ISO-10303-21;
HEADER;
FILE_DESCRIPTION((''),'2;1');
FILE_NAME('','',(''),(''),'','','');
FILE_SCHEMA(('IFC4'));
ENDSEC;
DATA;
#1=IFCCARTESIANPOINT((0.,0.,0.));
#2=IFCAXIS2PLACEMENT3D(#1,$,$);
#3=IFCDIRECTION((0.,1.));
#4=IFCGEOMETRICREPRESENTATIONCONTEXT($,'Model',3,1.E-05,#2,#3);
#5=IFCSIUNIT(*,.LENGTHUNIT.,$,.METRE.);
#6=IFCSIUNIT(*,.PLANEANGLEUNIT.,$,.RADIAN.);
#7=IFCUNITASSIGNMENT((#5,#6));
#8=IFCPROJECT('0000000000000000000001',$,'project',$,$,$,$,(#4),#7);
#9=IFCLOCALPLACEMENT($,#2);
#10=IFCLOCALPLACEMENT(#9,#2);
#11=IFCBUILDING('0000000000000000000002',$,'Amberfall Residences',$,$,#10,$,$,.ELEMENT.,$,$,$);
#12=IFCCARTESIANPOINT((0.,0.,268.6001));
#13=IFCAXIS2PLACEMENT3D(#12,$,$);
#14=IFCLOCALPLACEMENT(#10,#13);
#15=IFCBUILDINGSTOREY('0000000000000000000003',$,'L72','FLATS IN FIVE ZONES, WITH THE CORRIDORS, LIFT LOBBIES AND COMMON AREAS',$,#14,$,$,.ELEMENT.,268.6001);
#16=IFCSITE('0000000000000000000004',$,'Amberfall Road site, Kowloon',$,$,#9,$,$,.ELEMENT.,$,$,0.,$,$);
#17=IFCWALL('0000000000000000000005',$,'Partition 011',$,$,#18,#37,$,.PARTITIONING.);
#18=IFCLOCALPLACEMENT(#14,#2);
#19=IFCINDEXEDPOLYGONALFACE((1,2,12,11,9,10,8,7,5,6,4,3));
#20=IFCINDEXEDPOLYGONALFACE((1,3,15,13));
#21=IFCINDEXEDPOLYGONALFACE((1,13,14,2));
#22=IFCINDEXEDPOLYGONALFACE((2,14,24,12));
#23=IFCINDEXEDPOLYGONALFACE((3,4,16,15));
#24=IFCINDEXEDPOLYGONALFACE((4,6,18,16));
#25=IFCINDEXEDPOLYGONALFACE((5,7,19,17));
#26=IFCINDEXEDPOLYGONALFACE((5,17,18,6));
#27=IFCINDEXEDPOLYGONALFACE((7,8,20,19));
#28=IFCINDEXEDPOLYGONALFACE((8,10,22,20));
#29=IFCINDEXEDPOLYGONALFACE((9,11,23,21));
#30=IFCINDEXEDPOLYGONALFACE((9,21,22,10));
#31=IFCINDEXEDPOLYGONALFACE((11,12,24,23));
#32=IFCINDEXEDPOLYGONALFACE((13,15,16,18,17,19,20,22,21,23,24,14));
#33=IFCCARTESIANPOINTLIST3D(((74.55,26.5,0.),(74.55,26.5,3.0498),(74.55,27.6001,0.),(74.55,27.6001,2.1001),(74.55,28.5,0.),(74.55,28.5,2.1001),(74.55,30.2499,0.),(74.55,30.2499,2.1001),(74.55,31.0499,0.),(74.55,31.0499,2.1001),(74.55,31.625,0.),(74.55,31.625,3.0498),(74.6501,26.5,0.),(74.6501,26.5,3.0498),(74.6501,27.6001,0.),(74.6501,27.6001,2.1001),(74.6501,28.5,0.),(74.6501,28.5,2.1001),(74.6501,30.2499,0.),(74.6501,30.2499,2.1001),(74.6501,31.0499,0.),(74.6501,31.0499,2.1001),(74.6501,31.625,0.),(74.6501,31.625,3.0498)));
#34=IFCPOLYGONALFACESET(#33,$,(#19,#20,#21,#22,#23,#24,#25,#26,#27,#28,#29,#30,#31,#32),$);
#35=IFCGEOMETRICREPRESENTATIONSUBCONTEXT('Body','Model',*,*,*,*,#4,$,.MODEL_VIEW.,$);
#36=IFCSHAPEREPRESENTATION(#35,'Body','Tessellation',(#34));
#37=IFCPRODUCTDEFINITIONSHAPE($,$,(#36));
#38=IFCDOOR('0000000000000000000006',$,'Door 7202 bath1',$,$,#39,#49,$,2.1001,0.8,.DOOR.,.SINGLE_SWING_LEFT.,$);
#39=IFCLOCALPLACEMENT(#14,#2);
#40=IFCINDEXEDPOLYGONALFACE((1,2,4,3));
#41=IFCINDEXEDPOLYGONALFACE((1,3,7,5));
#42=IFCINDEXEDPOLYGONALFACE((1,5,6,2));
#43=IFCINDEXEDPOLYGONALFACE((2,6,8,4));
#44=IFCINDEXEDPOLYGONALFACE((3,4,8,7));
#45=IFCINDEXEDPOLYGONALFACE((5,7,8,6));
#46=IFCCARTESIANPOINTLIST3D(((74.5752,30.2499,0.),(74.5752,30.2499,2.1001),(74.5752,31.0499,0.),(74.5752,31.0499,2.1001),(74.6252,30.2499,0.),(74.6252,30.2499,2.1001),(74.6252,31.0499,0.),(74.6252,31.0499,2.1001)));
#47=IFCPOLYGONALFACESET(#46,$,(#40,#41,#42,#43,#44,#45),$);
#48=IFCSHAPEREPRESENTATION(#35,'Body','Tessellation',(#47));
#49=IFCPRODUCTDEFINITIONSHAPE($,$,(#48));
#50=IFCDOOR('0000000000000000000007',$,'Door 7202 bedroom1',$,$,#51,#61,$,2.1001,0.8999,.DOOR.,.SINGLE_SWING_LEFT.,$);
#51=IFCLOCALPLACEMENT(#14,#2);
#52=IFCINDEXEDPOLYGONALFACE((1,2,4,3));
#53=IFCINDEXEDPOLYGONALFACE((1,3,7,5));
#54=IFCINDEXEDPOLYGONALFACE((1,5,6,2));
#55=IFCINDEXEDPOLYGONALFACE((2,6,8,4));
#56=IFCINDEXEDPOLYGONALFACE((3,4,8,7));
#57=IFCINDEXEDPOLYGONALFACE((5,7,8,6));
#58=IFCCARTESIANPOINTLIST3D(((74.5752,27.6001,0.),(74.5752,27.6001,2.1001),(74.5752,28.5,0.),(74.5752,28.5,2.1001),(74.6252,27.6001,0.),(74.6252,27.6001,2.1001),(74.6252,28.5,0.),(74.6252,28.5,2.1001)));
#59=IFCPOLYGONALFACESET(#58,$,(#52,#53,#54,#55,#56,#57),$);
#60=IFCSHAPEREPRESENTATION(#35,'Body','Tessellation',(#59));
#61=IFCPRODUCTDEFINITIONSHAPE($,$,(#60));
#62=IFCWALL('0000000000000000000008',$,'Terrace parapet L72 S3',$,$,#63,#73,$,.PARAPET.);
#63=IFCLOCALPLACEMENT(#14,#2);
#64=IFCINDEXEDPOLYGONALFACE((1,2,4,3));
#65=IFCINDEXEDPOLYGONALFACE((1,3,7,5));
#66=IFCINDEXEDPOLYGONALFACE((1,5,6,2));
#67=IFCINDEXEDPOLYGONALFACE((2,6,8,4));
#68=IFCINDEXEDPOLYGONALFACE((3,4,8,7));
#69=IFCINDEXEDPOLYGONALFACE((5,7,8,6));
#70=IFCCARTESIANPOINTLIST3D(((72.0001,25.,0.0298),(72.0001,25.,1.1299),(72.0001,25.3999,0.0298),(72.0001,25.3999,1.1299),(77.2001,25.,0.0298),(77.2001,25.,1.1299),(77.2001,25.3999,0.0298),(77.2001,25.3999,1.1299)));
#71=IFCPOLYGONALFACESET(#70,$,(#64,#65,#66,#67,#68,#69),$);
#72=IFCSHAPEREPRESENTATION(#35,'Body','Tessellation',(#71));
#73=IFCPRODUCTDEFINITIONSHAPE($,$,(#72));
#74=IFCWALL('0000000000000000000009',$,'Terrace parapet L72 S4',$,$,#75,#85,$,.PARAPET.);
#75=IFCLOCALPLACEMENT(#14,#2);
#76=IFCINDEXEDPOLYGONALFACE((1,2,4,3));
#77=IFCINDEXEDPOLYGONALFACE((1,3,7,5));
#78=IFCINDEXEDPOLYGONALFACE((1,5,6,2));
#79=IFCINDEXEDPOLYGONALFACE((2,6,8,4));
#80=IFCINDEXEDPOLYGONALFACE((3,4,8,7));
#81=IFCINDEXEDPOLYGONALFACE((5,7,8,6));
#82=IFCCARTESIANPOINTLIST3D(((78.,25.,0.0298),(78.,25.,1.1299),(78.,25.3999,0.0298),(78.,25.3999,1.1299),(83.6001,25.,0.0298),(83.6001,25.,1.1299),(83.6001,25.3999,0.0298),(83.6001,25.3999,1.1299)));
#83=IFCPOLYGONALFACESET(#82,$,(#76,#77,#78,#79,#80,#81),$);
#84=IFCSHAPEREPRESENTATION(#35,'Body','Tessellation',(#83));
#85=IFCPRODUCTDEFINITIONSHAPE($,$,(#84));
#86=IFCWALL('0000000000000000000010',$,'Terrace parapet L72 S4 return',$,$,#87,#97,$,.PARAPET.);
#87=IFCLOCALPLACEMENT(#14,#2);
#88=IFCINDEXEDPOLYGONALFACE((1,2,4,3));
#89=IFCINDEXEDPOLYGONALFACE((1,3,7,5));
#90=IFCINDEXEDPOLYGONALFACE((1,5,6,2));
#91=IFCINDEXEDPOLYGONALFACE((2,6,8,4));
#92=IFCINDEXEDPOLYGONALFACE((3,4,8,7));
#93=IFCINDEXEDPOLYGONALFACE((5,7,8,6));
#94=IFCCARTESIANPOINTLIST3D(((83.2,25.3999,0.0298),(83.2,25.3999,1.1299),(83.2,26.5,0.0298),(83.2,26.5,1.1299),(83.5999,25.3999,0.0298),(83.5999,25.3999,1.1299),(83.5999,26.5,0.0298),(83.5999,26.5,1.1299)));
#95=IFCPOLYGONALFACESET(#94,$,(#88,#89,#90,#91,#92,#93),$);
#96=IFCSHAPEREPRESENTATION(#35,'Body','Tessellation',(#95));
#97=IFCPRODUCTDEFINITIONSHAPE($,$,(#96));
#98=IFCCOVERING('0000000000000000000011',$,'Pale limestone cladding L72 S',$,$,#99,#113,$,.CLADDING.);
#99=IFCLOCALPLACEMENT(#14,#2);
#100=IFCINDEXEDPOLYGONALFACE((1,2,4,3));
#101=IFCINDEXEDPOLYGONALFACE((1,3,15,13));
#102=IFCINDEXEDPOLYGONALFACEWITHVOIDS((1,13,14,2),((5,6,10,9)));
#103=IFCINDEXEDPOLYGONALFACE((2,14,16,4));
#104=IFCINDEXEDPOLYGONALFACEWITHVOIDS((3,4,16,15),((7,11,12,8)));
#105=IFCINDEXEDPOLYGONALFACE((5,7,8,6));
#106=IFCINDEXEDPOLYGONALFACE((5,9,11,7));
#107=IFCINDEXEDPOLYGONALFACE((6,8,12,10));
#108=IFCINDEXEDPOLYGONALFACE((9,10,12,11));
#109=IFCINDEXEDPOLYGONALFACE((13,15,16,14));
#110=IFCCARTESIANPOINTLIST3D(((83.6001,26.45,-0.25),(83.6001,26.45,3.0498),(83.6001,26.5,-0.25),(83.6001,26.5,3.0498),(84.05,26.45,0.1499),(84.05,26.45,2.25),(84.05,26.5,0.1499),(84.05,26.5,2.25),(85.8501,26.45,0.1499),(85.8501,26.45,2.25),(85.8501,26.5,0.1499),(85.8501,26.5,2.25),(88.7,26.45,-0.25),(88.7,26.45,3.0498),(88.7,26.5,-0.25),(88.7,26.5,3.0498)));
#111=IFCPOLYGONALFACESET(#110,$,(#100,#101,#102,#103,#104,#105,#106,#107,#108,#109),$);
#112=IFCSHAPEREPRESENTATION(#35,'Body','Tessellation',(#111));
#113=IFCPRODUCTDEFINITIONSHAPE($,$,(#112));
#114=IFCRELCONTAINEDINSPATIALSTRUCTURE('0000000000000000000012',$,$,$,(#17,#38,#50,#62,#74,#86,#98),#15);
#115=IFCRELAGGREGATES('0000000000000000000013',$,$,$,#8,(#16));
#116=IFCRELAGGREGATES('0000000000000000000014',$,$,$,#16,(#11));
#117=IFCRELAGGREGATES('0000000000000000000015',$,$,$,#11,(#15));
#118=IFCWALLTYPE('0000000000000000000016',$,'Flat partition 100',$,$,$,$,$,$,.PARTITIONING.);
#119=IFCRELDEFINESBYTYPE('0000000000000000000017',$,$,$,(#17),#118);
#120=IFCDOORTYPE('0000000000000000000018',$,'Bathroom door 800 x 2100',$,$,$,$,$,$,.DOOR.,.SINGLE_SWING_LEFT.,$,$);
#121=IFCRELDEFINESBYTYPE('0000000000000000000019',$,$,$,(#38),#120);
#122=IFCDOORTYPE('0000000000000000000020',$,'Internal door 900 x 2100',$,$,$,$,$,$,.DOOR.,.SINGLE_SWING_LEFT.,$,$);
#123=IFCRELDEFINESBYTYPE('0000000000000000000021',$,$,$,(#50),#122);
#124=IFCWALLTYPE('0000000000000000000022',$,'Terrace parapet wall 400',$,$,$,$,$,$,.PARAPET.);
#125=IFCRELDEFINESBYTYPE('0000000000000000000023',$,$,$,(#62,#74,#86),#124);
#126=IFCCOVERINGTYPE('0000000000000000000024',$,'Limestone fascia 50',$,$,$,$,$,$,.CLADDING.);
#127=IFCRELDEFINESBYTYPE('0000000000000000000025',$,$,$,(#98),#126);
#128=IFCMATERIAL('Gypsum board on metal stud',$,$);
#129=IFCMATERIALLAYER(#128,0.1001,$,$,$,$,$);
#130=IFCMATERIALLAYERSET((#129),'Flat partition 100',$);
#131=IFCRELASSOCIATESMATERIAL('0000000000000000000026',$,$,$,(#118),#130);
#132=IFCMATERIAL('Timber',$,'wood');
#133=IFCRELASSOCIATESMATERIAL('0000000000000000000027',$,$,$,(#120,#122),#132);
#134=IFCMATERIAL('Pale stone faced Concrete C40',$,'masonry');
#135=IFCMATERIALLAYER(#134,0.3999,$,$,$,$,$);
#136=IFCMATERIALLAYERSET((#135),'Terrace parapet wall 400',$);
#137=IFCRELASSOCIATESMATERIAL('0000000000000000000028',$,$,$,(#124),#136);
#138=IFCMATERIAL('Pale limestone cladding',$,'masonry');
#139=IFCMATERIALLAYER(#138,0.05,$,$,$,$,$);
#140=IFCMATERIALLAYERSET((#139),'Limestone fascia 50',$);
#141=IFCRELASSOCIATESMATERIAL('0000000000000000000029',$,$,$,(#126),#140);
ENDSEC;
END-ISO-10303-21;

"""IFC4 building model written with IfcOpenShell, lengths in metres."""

from ifc_helpers import new_model, si_unit, direction, frame, frame_2d, origin, place, context, subcontext, project, spatial, polyline, rectangle, outline, extrude, material, layer, layer_set, type_object, element, fill, save


model = new_model("IFC4")

# Units and contexts
model_context = context("Model", 3, precision=1e-05, world=origin(), true_north=direction((0.0, 1.0)))
body_context = subcontext(model_context, "Body", "Model", "MODEL_VIEW")
ifc_project = project(units=[si_unit("LENGTHUNIT", "METRE"), si_unit("PLANEANGLEUNIT", "RADIAN")], contexts=[model_context])

# Site, building, storey
site_placement = place(None, origin())
site = spatial("IfcSite", under=ifc_project, at=site_placement, Name="Amberfall Road site, Kowloon", CompositionType="ELEMENT", RefElevation=0.0)
building_placement = place(site_placement, origin())
building = spatial("IfcBuilding", under=site, at=building_placement, Name="Amberfall Residences", CompositionType="ELEMENT")
storey_placement = place(building_placement, frame((0.0, 0.0, 268.6001)))
storey = spatial("IfcBuildingStorey", under=building, at=storey_placement, Name="L72", Description="FLATS IN FIVE ZONES, WITH THE CORRIDORS, LIFT LOBBIES AND COMMON AREAS", CompositionType="ELEMENT", Elevation=268.6001)

# Wall, openings, doors
ifc_material_1 = material(Name="Gypsum board on metal stud")
ifc_layer_1 = layer(ifc_material_1, 0.1001)
ifc_layer_set_1 = layer_set([ifc_layer_1], Name="Flat partition 100")
wall_type_1 = type_object("IfcWallType", Name="Flat partition 100", PredefinedType="PARTITIONING", material=ifc_layer_set_1)
wall_1_placement = place(storey_placement, frame((74.6001, 26.5, 0.0), z_axis=(0.0, 0.0, 1.0), x_axis=(0.0, 1.0, 0.0)))
wall_1 = element("IfcWall", 1, at=wall_1_placement, inside=storey, type_object=wall_type_1, Name="Partition 011", PredefinedType="PARTITIONING", context=body_context, shape_type="SweptSolid", body=[
    extrude(rectangle(XDim=5.125, YDim=0.1001, at=frame_2d((2.5625, 0.0))), origin(), (0.0, 0.0, 1.0), 3.0498),
])
opening_1_placement = place(wall_1_placement, frame((1.1001, 0.0, 0.0)))
opening_1 = element("IfcOpeningElement", 2, at=opening_1_placement, cuts=wall_1, PredefinedType="OPENING", context=body_context, shape_type="SweptSolid", body=[
    extrude(rectangle(XDim=0.8999, YDim=2.1001, at=frame_2d((0.45, 1.05))), frame((0.0, 0.0601, 0.0), z_axis=(0.0, -1.0, 0.0), x_axis=(1.0, 0.0, 0.0)), (0.0, 0.0, 1.0), 0.1201),
])
opening_2_placement = place(wall_1_placement, frame((3.75, 0.0, 0.0)))
opening_2 = element("IfcOpeningElement", 3, at=opening_2_placement, cuts=wall_1, PredefinedType="OPENING", context=body_context, shape_type="SweptSolid", body=[
    extrude(rectangle(XDim=0.8, YDim=2.1001, at=frame_2d((0.3999, 1.05))), frame((0.0, 0.0601, 0.0), z_axis=(0.0, -1.0, 0.0), x_axis=(1.0, 0.0, 0.0)), (0.0, 0.0, 1.0), 0.1201),
])
ifc_material_2 = material(Name="Timber", Category="wood")
door_type_1 = type_object("IfcDoorType", Name="Bathroom door 800 x 2100", OperationType="SINGLE_SWING_LEFT", PredefinedType="DOOR", material=ifc_material_2)
door_1_placement = place(opening_2_placement, origin())
door_1 = element("IfcDoor", 4, at=door_1_placement, inside=storey, type_object=door_type_1, Name="Door 7202 bath1", OperationType="SINGLE_SWING_LEFT", OverallHeight=2.1001, OverallWidth=0.8, PredefinedType="DOOR", context=body_context, shape_type="SweptSolid", body=[
    extrude(rectangle(XDim=0.8, YDim=2.1001, at=frame_2d((0.3999, 1.05))), frame((0.0, 0.0249, 0.0), z_axis=(0.0, -1.0, 0.0), x_axis=(1.0, 0.0, 0.0)), (0.0, 0.0, 1.0), 0.05),
])
fill(opening_2, door_1)
door_type_2 = type_object("IfcDoorType", Name="Internal door 900 x 2100", OperationType="SINGLE_SWING_LEFT", PredefinedType="DOOR", material=ifc_material_2)
door_2_placement = place(opening_1_placement, origin())
door_2 = element("IfcDoor", 5, at=door_2_placement, inside=storey, type_object=door_type_2, Name="Door 7202 bedroom1", OperationType="SINGLE_SWING_LEFT", OverallHeight=2.1001, OverallWidth=0.8999, PredefinedType="DOOR", context=body_context, shape_type="SweptSolid", body=[
    extrude(rectangle(XDim=0.8999, YDim=2.1001, at=frame_2d((0.45, 1.05))), frame((0.0, 0.0249, 0.0), z_axis=(0.0, -1.0, 0.0), x_axis=(1.0, 0.0, 0.0)), (0.0, 0.0, 1.0), 0.05),
])
fill(opening_1, door_2)

# Walls
ifc_material_3 = material(Name="Pale stone faced Concrete C40", Category="masonry")
ifc_layer_2 = layer(ifc_material_3, 0.3999)
ifc_layer_set_2 = layer_set([ifc_layer_2], Name="Terrace parapet wall 400")
wall_type_2 = type_object("IfcWallType", Name="Terrace parapet wall 400", PredefinedType="PARAPET", material=ifc_layer_set_2)
wall_2_placement = place(storey_placement, frame((72.0, 25.2, 0.0298), z_axis=(0.0, 0.0, 1.0), x_axis=(1.0, 0.0, 0.0)))
element("IfcWall", 6, at=wall_2_placement, inside=storey, type_object=wall_type_2, Name="Terrace parapet L72 S3", PredefinedType="PARAPET", context=body_context, shape_type="SweptSolid", body=[
    extrude(rectangle(XDim=5.2, YDim=0.3999, at=frame_2d((2.6001, 0.0))), origin(), (0.0, 0.0, 1.0), 1.1001),
])
wall_3_placement = place(storey_placement, frame((78.0, 25.2, 0.0298), z_axis=(0.0, 0.0, 1.0), x_axis=(1.0, 0.0, 0.0)))
element("IfcWall", 7, at=wall_3_placement, inside=storey, type_object=wall_type_2, Name="Terrace parapet L72 S4", PredefinedType="PARAPET", context=body_context, shape_type="SweptSolid", body=[
    extrude(rectangle(XDim=5.6001, YDim=0.3999, at=frame_2d((2.8, 0.0))), origin(), (0.0, 0.0, 1.0), 1.1001),
])
wall_4_placement = place(storey_placement, frame((83.3999, 25.3999, 0.0298), z_axis=(0.0, 0.0, 1.0), x_axis=(0.0, 1.0, 0.0)))
element("IfcWall", 8, at=wall_4_placement, inside=storey, type_object=wall_type_2, Name="Terrace parapet L72 S4 return", PredefinedType="PARAPET", context=body_context, shape_type="SweptSolid", body=[
    extrude(rectangle(XDim=1.1001, YDim=0.3999, at=frame_2d((0.55, 0.0))), origin(), (0.0, 0.0, 1.0), 1.1001),
])

# Covering
ifc_material_4 = material(Name="Pale limestone cladding", Category="masonry")
ifc_layer_3 = layer(ifc_material_4, 0.05)
ifc_layer_set_3 = layer_set([ifc_layer_3], Name="Limestone fascia 50")
covering_type = type_object("IfcCoveringType", Name="Limestone fascia 50", PredefinedType="CLADDING", material=ifc_layer_set_3)
covering_placement = place(storey_placement, frame((83.6001, 26.5, 3.0498), z_axis=(0.0, 1.0, 0.0), x_axis=(1.0, 0.0, 0.0)))
element("IfcCovering", 9, at=covering_placement, inside=storey, type_object=covering_type, Name="Pale limestone cladding L72 S", PredefinedType="CLADDING", context=body_context, shape_type="SweptSolid", body=[
    extrude(outline(polyline([(0.0, 0.0), (5.0999, 0.0), (5.0999, 3.2998), (0.0, 3.2998), (0.0, 0.0)]), holes=[polyline([(0.45, 0.7998), (2.25, 0.7998), (2.25, 2.8999), (0.45, 2.8999), (0.45, 0.7998)])]), origin(), (0.0, 0.0, -1.0), 0.05),
])

save(model, "model.ifc")
